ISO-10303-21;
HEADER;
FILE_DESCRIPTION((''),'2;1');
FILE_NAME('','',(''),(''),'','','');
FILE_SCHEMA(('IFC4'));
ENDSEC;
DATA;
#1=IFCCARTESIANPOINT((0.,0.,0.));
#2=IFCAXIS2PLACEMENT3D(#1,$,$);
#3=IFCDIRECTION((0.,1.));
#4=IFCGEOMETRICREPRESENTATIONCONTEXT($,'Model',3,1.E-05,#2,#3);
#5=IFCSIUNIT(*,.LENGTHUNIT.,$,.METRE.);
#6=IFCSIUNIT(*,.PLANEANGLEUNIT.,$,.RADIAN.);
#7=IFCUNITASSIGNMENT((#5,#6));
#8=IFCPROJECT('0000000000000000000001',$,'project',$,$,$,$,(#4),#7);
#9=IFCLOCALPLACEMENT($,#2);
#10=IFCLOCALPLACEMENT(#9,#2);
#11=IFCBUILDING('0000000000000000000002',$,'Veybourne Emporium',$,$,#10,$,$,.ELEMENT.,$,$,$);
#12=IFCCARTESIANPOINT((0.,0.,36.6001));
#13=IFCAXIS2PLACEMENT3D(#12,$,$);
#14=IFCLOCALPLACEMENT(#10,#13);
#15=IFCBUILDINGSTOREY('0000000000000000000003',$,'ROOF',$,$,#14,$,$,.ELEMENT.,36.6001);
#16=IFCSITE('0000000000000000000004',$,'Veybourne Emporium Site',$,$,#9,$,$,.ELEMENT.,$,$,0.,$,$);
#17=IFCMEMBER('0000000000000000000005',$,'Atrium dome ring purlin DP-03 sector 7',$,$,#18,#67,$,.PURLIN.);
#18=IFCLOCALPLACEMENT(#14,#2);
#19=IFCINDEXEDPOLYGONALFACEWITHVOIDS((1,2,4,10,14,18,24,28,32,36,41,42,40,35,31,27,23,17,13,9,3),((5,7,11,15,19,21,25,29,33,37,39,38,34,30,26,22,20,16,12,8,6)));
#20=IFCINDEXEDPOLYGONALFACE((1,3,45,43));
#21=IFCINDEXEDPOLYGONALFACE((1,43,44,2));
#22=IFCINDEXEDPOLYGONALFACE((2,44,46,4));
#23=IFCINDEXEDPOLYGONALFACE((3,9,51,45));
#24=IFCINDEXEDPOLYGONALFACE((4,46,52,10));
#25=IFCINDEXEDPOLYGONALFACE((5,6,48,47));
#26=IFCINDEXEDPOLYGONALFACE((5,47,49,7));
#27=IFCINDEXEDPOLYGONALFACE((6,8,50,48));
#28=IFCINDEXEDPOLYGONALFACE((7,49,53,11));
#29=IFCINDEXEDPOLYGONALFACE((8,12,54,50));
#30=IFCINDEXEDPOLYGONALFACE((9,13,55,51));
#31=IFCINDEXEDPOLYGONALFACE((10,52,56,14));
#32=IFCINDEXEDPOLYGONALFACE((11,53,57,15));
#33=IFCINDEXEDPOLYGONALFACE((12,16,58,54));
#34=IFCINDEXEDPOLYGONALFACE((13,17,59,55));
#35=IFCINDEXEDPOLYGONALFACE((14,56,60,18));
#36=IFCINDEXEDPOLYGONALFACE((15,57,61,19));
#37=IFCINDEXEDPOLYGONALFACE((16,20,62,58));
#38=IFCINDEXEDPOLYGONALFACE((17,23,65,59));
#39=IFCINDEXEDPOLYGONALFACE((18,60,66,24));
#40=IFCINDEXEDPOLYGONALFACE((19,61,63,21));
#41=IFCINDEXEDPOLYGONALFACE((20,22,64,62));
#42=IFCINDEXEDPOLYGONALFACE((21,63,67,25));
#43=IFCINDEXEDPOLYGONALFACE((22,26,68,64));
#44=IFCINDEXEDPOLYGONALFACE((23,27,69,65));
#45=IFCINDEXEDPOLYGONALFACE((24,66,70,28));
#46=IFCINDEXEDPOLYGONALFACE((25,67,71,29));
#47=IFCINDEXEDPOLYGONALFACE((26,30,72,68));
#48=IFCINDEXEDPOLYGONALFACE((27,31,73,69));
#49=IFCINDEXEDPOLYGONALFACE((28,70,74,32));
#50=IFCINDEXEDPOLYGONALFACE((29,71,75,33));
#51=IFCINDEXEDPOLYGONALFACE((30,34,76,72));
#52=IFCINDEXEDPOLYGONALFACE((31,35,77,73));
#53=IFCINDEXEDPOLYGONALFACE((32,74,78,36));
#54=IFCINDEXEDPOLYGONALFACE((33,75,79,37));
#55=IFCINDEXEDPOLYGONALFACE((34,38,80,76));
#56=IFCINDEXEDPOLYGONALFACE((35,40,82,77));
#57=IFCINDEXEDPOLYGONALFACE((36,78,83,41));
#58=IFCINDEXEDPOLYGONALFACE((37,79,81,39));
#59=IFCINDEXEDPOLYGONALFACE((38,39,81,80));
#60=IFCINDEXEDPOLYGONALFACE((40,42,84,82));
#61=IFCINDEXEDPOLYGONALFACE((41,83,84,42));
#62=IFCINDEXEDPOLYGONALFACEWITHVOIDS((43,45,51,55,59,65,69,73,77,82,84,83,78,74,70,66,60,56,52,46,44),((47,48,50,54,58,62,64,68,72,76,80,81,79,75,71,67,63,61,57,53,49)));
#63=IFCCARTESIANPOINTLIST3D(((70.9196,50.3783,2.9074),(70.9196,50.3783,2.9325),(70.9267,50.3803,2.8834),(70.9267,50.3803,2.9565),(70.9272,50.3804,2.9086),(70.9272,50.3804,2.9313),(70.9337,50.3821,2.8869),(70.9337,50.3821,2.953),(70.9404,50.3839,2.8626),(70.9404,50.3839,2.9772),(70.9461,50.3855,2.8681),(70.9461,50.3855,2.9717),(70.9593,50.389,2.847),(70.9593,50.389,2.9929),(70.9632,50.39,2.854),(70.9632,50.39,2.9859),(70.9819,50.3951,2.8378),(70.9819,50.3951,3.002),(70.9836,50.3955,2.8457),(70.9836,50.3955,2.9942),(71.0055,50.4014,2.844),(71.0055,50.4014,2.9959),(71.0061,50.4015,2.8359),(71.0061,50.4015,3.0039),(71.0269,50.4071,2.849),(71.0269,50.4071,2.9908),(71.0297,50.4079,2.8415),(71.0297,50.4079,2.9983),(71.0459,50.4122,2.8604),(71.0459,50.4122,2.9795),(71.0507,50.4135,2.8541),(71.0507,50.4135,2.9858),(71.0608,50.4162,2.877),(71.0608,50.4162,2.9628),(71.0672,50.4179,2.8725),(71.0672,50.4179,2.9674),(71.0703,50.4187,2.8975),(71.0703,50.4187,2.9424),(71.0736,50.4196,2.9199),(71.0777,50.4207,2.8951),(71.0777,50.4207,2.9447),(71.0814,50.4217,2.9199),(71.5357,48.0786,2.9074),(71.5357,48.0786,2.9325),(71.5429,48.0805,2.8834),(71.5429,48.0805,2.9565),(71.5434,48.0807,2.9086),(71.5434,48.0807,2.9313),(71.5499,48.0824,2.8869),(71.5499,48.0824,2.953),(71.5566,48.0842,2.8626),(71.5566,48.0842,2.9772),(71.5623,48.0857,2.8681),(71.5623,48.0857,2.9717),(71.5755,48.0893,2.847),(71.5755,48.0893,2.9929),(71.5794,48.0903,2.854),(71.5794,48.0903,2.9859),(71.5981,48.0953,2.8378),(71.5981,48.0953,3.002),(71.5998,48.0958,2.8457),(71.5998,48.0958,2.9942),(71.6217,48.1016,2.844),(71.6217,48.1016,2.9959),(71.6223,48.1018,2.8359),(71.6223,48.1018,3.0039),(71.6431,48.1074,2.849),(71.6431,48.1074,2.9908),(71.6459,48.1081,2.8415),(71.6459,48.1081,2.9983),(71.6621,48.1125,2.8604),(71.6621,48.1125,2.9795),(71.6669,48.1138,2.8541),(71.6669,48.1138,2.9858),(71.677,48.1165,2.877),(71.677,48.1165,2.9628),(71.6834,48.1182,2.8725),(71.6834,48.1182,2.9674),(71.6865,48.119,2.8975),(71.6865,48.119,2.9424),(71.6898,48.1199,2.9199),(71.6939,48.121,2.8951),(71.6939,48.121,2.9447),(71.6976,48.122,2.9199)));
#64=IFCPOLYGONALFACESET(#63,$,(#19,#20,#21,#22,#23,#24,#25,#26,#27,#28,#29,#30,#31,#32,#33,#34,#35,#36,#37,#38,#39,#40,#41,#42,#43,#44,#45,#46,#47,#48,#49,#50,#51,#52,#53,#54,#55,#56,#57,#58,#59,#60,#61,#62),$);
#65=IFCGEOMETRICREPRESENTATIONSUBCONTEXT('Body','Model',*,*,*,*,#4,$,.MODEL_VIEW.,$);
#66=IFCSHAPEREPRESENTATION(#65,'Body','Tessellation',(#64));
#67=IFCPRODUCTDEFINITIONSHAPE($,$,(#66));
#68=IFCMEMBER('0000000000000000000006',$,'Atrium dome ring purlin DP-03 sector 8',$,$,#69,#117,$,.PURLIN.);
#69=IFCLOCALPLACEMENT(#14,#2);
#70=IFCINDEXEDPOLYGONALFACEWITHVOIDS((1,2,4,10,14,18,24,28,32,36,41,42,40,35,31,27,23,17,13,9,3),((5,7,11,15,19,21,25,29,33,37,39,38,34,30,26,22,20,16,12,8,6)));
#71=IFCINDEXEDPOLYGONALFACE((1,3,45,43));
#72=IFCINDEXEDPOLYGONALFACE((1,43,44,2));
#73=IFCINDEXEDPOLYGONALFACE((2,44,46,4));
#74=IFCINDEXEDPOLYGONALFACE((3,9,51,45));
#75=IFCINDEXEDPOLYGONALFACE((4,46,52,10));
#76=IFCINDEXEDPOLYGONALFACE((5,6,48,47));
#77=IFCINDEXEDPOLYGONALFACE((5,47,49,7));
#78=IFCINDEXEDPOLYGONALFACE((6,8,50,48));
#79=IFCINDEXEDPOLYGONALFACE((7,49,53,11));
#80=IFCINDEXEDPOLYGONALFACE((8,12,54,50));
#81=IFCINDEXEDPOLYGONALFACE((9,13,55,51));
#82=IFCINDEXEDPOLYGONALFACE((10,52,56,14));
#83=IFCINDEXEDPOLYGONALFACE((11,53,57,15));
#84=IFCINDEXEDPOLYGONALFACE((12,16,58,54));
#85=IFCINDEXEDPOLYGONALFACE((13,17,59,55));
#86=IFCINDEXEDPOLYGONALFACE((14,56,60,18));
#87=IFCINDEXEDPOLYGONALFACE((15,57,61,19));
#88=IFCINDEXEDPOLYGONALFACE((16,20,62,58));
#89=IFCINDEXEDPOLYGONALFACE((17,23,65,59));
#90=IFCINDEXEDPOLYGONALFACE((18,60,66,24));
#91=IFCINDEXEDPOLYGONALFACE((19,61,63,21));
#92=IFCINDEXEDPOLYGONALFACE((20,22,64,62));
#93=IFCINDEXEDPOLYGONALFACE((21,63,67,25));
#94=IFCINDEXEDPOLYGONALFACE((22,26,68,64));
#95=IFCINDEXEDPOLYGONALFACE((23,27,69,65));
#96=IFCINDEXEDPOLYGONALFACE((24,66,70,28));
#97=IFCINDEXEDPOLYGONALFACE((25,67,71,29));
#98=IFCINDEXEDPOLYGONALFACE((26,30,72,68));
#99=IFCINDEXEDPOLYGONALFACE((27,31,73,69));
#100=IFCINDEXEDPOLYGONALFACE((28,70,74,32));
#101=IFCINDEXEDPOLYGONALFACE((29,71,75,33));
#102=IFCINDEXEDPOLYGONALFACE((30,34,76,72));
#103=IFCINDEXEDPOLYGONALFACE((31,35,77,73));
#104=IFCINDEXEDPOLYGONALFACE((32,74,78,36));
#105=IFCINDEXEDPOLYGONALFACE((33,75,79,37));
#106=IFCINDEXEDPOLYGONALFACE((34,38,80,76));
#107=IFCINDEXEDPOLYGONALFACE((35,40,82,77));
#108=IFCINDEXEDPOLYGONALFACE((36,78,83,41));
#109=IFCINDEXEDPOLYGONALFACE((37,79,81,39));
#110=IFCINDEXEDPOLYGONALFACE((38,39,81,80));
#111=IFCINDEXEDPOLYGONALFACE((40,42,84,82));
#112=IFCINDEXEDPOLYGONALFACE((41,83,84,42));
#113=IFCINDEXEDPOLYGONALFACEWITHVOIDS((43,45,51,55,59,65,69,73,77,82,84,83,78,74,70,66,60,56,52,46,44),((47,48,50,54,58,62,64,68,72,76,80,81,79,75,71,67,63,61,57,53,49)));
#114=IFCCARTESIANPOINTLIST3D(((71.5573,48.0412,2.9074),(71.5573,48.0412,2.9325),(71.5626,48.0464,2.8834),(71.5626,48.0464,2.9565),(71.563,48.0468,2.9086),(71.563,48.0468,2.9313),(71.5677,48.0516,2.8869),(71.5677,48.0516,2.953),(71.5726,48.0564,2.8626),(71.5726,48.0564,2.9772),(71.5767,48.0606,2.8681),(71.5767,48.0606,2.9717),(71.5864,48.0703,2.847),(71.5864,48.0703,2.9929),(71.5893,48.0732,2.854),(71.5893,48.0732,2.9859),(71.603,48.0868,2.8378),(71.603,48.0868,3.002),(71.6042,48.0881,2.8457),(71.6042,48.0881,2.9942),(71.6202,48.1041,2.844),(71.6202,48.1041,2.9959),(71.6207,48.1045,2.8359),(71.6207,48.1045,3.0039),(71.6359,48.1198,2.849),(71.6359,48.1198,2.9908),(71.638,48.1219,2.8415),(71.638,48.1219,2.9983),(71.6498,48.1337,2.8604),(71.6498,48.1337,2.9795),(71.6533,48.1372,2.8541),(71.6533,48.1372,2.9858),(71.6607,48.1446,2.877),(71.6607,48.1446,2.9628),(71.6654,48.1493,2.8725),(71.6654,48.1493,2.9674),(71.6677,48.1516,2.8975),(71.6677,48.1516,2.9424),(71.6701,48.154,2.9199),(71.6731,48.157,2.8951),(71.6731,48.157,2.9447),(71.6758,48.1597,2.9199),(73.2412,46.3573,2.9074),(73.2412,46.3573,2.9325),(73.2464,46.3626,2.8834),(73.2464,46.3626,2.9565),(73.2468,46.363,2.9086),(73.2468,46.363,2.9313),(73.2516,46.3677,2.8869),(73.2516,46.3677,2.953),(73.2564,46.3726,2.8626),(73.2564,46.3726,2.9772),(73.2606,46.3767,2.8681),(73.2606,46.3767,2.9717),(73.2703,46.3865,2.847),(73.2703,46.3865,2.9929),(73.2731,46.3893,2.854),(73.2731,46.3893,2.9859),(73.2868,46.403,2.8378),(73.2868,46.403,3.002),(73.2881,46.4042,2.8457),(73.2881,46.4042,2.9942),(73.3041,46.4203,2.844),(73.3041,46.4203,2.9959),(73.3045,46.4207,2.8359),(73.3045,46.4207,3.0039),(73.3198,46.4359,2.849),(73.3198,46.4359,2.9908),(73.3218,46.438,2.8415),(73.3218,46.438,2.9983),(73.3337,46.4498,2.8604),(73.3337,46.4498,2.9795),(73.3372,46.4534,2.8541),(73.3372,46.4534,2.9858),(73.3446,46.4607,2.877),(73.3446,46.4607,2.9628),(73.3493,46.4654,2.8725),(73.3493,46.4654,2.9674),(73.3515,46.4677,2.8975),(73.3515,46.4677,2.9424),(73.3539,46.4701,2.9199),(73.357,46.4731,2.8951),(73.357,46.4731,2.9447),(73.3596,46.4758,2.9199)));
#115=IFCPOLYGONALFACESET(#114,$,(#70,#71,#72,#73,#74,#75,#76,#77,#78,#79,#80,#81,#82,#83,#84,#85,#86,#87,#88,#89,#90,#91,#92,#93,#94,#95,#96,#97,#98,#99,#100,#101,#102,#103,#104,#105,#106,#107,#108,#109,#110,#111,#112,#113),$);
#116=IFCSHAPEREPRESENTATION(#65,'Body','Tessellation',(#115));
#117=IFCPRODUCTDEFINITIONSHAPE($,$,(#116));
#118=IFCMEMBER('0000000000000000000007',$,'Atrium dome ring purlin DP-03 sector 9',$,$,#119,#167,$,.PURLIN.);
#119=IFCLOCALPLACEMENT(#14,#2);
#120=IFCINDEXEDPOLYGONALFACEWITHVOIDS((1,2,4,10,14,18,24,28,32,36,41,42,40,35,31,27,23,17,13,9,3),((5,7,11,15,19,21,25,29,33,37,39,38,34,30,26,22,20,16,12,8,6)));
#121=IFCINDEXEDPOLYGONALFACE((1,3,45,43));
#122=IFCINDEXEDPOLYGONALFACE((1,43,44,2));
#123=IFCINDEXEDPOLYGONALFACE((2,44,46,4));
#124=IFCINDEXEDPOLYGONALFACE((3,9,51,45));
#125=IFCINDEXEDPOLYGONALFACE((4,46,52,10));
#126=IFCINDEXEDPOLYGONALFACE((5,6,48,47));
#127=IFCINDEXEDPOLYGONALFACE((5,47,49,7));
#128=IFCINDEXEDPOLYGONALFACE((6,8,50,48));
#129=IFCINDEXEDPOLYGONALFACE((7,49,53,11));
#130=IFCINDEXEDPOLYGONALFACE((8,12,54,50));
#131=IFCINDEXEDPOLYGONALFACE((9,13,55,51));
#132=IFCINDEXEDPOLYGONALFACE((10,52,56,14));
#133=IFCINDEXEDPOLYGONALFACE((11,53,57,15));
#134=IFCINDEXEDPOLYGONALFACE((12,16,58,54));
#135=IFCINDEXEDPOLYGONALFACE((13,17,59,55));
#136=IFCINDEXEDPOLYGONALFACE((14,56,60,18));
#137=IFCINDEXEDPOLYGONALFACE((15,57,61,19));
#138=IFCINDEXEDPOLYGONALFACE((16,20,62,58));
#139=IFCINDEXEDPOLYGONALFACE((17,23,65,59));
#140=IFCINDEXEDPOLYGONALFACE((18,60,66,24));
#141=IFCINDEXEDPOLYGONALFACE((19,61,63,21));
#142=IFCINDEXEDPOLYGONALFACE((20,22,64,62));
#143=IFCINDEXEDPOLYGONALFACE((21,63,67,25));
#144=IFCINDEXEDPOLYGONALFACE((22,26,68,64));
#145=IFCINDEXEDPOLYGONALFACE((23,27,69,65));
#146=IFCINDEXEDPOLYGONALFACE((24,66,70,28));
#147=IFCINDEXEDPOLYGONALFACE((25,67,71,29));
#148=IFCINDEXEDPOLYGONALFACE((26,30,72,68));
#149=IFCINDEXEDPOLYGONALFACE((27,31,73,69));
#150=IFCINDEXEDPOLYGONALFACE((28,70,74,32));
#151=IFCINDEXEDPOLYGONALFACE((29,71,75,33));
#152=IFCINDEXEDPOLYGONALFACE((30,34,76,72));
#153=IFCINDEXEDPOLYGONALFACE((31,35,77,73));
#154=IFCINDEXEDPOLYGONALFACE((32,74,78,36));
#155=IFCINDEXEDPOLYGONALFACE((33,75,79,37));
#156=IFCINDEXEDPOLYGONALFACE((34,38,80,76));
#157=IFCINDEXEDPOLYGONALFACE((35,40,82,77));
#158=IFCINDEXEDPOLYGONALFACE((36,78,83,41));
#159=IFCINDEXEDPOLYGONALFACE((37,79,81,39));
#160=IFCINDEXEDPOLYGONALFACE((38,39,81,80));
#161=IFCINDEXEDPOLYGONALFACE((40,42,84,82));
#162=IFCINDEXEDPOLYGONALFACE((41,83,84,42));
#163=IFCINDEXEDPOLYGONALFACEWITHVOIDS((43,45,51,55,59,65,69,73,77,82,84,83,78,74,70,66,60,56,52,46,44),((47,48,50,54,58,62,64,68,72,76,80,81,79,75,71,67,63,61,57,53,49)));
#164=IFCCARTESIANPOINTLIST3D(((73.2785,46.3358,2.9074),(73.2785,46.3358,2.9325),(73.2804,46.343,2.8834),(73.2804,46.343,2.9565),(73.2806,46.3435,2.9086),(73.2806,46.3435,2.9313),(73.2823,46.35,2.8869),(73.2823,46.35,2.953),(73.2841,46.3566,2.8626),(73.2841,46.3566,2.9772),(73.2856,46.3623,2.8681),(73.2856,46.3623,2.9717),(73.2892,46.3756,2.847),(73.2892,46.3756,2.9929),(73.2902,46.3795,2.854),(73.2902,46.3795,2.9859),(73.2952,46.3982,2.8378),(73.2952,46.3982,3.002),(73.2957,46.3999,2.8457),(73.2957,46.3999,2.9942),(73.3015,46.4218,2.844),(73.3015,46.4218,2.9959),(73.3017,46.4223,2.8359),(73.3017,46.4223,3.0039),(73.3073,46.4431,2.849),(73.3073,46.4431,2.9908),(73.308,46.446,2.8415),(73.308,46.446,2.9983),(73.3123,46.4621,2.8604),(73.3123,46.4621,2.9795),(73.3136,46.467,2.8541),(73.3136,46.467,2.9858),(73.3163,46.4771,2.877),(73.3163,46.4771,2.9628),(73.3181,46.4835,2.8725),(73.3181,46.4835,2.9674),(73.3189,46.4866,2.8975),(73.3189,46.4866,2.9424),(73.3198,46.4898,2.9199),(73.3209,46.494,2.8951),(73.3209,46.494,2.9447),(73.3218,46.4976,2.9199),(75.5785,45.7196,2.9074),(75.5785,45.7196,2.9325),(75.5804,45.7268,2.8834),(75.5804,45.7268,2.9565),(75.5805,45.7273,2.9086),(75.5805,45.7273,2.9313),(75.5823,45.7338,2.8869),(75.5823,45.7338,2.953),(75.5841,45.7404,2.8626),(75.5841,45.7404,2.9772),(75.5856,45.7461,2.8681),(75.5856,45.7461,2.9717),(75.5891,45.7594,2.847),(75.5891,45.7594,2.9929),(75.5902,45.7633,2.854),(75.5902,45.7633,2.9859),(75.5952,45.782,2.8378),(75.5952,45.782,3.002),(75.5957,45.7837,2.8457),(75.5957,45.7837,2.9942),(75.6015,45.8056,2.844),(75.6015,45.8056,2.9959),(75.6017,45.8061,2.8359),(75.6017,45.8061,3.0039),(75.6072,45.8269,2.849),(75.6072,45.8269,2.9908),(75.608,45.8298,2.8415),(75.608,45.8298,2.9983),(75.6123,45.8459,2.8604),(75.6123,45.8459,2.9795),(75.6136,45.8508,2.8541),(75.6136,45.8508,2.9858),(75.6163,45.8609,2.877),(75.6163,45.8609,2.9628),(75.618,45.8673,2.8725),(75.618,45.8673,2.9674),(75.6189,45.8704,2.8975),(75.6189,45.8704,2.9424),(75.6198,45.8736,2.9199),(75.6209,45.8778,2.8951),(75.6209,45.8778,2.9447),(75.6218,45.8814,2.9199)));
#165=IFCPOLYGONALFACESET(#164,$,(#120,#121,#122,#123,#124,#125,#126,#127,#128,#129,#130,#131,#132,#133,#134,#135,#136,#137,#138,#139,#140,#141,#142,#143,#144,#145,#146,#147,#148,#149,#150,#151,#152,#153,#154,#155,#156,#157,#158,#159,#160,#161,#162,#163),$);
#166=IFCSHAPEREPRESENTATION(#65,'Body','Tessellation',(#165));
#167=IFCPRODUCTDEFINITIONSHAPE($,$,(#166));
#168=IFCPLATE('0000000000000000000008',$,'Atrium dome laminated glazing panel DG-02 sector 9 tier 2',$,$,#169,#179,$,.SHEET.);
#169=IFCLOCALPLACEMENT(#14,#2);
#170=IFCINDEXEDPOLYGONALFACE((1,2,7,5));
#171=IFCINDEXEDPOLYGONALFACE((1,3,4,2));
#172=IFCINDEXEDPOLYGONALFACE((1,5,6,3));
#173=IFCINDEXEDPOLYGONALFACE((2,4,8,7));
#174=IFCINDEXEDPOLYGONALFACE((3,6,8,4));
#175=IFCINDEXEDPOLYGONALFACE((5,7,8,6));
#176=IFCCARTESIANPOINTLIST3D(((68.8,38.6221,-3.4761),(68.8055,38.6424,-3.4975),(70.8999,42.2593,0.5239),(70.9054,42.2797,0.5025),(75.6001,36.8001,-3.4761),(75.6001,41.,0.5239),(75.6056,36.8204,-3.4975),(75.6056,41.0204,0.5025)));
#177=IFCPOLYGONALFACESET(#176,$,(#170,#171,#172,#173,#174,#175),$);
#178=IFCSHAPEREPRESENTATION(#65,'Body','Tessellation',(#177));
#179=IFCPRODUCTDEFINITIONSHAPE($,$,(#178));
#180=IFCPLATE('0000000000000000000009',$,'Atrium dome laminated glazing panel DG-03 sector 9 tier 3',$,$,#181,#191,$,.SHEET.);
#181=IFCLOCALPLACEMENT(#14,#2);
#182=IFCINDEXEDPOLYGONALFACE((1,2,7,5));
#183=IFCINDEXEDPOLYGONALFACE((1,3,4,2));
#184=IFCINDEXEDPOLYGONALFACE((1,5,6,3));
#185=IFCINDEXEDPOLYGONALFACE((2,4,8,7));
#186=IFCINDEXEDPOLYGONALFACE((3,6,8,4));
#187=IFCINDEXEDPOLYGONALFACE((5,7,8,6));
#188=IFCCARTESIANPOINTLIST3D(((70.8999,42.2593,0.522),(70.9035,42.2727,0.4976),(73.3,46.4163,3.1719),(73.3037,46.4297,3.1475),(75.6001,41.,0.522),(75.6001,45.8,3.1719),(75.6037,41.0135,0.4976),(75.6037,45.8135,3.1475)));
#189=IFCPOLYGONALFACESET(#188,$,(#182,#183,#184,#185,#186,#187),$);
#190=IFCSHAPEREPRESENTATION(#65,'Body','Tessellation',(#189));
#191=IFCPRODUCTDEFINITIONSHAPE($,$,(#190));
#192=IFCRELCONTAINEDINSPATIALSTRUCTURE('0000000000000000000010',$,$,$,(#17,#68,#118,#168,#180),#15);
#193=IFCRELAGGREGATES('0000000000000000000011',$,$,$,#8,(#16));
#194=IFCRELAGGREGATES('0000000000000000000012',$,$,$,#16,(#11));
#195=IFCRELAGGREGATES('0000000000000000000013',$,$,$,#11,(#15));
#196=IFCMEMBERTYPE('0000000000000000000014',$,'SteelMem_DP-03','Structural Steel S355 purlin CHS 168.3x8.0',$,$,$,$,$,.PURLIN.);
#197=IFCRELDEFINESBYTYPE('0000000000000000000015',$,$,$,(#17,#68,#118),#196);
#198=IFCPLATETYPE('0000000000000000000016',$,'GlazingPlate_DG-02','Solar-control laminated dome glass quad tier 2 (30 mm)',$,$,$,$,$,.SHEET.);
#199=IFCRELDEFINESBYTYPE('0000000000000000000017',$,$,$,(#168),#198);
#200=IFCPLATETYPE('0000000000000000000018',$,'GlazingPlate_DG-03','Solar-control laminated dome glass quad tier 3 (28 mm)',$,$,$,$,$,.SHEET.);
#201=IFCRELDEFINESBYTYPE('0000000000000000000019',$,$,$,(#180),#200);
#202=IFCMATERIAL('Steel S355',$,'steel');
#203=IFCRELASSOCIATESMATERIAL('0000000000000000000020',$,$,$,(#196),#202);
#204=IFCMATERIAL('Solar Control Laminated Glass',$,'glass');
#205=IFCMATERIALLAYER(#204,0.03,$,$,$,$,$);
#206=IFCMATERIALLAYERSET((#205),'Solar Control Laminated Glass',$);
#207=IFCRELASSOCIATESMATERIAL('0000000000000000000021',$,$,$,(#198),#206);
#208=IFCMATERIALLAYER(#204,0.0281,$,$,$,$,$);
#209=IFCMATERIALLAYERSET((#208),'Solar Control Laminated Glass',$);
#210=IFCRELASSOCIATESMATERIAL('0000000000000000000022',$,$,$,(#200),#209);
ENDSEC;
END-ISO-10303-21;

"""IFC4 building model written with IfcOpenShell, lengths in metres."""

from ifc_helpers import new_model, si_unit, direction, frame, origin, origin_2d, place, context, subcontext, project, spatial, polyline, hollow_circle, outline, extrude, material, layer, layer_set, material_profile, profile_set, type_object, element, save


model = new_model("IFC4")

# Units and contexts
model_context = context("Model", 3, precision=1e-05, world=origin(), true_north=direction((0.0, 1.0)))
body_context = subcontext(model_context, "Body", "Model", "MODEL_VIEW")
ifc_project = project(units=[si_unit("LENGTHUNIT", "METRE"), si_unit("PLANEANGLEUNIT", "RADIAN")], contexts=[model_context])

# Site, building, storey
site_placement = place(None, origin())
site = spatial("IfcSite", under=ifc_project, at=site_placement, Name="Veybourne Emporium Site", CompositionType="ELEMENT", RefElevation=0.0)
building_placement = place(site_placement, origin())
building = spatial("IfcBuilding", under=site, at=building_placement, Name="Veybourne Emporium", CompositionType="ELEMENT")
storey_placement = place(building_placement, frame((0.0, 0.0, 36.6001)))
storey = spatial("IfcBuildingStorey", under=building, at=storey_placement, Name="ROOF", CompositionType="ELEMENT", Elevation=36.6001)

# Shared definitions
ifc_material_1 = material(Name="Steel S355", Category="steel")

# Members
ifc_material_profile_1 = material_profile(ifc_material_1, hollow_circle(Radius=0.0842, WallThickness=0.0081, at=origin_2d()), Name="CHS 168.3x8.0")
ifc_profile_set_1 = profile_set([ifc_material_profile_1], Name="Steel S355")
member_type_1 = type_object("IfcMemberType", Name="SteelMem_DP-03", Description="Structural Steel S355 purlin CHS 168.3x8.0", PredefinedType="PURLIN", material=ifc_profile_set_1)
member_1_placement = place(storey_placement, frame((71.0, 50.3999, 2.9199), z_axis=(0.258811, -0.965928, 0.0), x_axis=(0.965928, 0.258811, 0.0)))
element("IfcMember", 1, at=member_1_placement, inside=storey, type_object=member_type_1, Name="Atrium dome ring purlin DP-03 sector 7", PredefinedType="PURLIN", context=body_context, shape_type="SweptSolid", body=[
    extrude(hollow_circle(Radius=0.0842, WallThickness=0.0081, at=origin_2d()), origin(), (0.0, 0.0, 1.0), 2.3809),
])
member_2_placement = place(storey_placement, frame((71.6162, 48.1001, 2.9199), z_axis=(0.707107, -0.707107, 0.0), x_axis=(0.707107, 0.707107, 0.0)))
element("IfcMember", 2, at=member_2_placement, inside=storey, type_object=member_type_1, Name="Atrium dome ring purlin DP-03 sector 8", PredefinedType="PURLIN", context=body_context, shape_type="SweptSolid", body=[
    extrude(hollow_circle(Radius=0.0842, WallThickness=0.0081, at=origin_2d()), origin(), (0.0, 0.0, 1.0), 2.3813),
])
member_3_placement = place(storey_placement, frame((73.3, 46.4163, 2.9199), z_axis=(0.965935, -0.258786, 0.0), x_axis=(0.258786, 0.965935, 0.0)))
element("IfcMember", 3, at=member_3_placement, inside=storey, type_object=member_type_1, Name="Atrium dome ring purlin DP-03 sector 9", PredefinedType="PURLIN", context=body_context, shape_type="SweptSolid", body=[
    extrude(hollow_circle(Radius=0.0842, WallThickness=0.0081, at=origin_2d()), origin(), (0.0, 0.0, 1.0), 2.3811),
])

# Plates
ifc_material_2 = material(Name="Solar Control Laminated Glass", Category="glass")
ifc_layer_1 = layer(ifc_material_2, 0.03)
ifc_layer_set_1 = layer_set([ifc_layer_1], Name="Solar Control Laminated Glass")
plate_type_1 = type_object("IfcPlateType", Name="GlazingPlate_DG-02", Description="Solar-control laminated dome glass quad tier 2 (30 mm)", PredefinedType="SHEET", material=ifc_layer_set_1)
plate_1_placement = place(storey_placement, frame((68.8, 38.6221, -3.4761), z_axis=(-0.181708, -0.678184, 0.712074), x_axis=(0.965929, -0.258809, -0.000004)))
element("IfcPlate", 4, at=plate_1_placement, inside=storey, type_object=plate_type_1, Name="Atrium dome laminated glazing panel DG-02 sector 9 tier 2", PredefinedType="SHEET", context=body_context, shape_type="SweptSolid", body=[
    extrude(outline(polyline([(0.0, 0.0), (7.0399, 0.0), (5.9529, 5.6972), (1.0869, 5.6971), (0.0, 0.0)])), origin(), (0.0, 0.0, -1.0), 0.03),
])
ifc_layer_2 = layer(ifc_material_2, 0.0281)
ifc_layer_set_2 = layer_set([ifc_layer_2], Name="Solar Control Laminated Glass")
plate_type_2 = type_object("IfcPlateType", Name="GlazingPlate_DG-03", Description="Solar-control laminated dome glass quad tier 3 (28 mm)", PredefinedType="SHEET", material=ifc_layer_set_2)
plate_2_placement = place(storey_placement, frame((70.8999, 42.2593, 0.522), z_axis=(-0.128413, -0.479301, 0.868206), x_axis=(0.965933, -0.258792, -0.000001)))
element("IfcPlate", 5, at=plate_2_placement, inside=storey, type_object=plate_type_2, Name="Atrium dome laminated glazing panel DG-03 sector 9 tier 3", PredefinedType="SHEET", context=body_context, shape_type="SweptSolid", body=[
    extrude(outline(polyline([(0.0, 0.0), (4.866, 0.0), (3.6237, 5.3404), (1.2426, 5.3403), (0.0, 0.0)])), origin(), (0.0, 0.0, -1.0), 0.0281),
])

save(model, "model.ifc")
